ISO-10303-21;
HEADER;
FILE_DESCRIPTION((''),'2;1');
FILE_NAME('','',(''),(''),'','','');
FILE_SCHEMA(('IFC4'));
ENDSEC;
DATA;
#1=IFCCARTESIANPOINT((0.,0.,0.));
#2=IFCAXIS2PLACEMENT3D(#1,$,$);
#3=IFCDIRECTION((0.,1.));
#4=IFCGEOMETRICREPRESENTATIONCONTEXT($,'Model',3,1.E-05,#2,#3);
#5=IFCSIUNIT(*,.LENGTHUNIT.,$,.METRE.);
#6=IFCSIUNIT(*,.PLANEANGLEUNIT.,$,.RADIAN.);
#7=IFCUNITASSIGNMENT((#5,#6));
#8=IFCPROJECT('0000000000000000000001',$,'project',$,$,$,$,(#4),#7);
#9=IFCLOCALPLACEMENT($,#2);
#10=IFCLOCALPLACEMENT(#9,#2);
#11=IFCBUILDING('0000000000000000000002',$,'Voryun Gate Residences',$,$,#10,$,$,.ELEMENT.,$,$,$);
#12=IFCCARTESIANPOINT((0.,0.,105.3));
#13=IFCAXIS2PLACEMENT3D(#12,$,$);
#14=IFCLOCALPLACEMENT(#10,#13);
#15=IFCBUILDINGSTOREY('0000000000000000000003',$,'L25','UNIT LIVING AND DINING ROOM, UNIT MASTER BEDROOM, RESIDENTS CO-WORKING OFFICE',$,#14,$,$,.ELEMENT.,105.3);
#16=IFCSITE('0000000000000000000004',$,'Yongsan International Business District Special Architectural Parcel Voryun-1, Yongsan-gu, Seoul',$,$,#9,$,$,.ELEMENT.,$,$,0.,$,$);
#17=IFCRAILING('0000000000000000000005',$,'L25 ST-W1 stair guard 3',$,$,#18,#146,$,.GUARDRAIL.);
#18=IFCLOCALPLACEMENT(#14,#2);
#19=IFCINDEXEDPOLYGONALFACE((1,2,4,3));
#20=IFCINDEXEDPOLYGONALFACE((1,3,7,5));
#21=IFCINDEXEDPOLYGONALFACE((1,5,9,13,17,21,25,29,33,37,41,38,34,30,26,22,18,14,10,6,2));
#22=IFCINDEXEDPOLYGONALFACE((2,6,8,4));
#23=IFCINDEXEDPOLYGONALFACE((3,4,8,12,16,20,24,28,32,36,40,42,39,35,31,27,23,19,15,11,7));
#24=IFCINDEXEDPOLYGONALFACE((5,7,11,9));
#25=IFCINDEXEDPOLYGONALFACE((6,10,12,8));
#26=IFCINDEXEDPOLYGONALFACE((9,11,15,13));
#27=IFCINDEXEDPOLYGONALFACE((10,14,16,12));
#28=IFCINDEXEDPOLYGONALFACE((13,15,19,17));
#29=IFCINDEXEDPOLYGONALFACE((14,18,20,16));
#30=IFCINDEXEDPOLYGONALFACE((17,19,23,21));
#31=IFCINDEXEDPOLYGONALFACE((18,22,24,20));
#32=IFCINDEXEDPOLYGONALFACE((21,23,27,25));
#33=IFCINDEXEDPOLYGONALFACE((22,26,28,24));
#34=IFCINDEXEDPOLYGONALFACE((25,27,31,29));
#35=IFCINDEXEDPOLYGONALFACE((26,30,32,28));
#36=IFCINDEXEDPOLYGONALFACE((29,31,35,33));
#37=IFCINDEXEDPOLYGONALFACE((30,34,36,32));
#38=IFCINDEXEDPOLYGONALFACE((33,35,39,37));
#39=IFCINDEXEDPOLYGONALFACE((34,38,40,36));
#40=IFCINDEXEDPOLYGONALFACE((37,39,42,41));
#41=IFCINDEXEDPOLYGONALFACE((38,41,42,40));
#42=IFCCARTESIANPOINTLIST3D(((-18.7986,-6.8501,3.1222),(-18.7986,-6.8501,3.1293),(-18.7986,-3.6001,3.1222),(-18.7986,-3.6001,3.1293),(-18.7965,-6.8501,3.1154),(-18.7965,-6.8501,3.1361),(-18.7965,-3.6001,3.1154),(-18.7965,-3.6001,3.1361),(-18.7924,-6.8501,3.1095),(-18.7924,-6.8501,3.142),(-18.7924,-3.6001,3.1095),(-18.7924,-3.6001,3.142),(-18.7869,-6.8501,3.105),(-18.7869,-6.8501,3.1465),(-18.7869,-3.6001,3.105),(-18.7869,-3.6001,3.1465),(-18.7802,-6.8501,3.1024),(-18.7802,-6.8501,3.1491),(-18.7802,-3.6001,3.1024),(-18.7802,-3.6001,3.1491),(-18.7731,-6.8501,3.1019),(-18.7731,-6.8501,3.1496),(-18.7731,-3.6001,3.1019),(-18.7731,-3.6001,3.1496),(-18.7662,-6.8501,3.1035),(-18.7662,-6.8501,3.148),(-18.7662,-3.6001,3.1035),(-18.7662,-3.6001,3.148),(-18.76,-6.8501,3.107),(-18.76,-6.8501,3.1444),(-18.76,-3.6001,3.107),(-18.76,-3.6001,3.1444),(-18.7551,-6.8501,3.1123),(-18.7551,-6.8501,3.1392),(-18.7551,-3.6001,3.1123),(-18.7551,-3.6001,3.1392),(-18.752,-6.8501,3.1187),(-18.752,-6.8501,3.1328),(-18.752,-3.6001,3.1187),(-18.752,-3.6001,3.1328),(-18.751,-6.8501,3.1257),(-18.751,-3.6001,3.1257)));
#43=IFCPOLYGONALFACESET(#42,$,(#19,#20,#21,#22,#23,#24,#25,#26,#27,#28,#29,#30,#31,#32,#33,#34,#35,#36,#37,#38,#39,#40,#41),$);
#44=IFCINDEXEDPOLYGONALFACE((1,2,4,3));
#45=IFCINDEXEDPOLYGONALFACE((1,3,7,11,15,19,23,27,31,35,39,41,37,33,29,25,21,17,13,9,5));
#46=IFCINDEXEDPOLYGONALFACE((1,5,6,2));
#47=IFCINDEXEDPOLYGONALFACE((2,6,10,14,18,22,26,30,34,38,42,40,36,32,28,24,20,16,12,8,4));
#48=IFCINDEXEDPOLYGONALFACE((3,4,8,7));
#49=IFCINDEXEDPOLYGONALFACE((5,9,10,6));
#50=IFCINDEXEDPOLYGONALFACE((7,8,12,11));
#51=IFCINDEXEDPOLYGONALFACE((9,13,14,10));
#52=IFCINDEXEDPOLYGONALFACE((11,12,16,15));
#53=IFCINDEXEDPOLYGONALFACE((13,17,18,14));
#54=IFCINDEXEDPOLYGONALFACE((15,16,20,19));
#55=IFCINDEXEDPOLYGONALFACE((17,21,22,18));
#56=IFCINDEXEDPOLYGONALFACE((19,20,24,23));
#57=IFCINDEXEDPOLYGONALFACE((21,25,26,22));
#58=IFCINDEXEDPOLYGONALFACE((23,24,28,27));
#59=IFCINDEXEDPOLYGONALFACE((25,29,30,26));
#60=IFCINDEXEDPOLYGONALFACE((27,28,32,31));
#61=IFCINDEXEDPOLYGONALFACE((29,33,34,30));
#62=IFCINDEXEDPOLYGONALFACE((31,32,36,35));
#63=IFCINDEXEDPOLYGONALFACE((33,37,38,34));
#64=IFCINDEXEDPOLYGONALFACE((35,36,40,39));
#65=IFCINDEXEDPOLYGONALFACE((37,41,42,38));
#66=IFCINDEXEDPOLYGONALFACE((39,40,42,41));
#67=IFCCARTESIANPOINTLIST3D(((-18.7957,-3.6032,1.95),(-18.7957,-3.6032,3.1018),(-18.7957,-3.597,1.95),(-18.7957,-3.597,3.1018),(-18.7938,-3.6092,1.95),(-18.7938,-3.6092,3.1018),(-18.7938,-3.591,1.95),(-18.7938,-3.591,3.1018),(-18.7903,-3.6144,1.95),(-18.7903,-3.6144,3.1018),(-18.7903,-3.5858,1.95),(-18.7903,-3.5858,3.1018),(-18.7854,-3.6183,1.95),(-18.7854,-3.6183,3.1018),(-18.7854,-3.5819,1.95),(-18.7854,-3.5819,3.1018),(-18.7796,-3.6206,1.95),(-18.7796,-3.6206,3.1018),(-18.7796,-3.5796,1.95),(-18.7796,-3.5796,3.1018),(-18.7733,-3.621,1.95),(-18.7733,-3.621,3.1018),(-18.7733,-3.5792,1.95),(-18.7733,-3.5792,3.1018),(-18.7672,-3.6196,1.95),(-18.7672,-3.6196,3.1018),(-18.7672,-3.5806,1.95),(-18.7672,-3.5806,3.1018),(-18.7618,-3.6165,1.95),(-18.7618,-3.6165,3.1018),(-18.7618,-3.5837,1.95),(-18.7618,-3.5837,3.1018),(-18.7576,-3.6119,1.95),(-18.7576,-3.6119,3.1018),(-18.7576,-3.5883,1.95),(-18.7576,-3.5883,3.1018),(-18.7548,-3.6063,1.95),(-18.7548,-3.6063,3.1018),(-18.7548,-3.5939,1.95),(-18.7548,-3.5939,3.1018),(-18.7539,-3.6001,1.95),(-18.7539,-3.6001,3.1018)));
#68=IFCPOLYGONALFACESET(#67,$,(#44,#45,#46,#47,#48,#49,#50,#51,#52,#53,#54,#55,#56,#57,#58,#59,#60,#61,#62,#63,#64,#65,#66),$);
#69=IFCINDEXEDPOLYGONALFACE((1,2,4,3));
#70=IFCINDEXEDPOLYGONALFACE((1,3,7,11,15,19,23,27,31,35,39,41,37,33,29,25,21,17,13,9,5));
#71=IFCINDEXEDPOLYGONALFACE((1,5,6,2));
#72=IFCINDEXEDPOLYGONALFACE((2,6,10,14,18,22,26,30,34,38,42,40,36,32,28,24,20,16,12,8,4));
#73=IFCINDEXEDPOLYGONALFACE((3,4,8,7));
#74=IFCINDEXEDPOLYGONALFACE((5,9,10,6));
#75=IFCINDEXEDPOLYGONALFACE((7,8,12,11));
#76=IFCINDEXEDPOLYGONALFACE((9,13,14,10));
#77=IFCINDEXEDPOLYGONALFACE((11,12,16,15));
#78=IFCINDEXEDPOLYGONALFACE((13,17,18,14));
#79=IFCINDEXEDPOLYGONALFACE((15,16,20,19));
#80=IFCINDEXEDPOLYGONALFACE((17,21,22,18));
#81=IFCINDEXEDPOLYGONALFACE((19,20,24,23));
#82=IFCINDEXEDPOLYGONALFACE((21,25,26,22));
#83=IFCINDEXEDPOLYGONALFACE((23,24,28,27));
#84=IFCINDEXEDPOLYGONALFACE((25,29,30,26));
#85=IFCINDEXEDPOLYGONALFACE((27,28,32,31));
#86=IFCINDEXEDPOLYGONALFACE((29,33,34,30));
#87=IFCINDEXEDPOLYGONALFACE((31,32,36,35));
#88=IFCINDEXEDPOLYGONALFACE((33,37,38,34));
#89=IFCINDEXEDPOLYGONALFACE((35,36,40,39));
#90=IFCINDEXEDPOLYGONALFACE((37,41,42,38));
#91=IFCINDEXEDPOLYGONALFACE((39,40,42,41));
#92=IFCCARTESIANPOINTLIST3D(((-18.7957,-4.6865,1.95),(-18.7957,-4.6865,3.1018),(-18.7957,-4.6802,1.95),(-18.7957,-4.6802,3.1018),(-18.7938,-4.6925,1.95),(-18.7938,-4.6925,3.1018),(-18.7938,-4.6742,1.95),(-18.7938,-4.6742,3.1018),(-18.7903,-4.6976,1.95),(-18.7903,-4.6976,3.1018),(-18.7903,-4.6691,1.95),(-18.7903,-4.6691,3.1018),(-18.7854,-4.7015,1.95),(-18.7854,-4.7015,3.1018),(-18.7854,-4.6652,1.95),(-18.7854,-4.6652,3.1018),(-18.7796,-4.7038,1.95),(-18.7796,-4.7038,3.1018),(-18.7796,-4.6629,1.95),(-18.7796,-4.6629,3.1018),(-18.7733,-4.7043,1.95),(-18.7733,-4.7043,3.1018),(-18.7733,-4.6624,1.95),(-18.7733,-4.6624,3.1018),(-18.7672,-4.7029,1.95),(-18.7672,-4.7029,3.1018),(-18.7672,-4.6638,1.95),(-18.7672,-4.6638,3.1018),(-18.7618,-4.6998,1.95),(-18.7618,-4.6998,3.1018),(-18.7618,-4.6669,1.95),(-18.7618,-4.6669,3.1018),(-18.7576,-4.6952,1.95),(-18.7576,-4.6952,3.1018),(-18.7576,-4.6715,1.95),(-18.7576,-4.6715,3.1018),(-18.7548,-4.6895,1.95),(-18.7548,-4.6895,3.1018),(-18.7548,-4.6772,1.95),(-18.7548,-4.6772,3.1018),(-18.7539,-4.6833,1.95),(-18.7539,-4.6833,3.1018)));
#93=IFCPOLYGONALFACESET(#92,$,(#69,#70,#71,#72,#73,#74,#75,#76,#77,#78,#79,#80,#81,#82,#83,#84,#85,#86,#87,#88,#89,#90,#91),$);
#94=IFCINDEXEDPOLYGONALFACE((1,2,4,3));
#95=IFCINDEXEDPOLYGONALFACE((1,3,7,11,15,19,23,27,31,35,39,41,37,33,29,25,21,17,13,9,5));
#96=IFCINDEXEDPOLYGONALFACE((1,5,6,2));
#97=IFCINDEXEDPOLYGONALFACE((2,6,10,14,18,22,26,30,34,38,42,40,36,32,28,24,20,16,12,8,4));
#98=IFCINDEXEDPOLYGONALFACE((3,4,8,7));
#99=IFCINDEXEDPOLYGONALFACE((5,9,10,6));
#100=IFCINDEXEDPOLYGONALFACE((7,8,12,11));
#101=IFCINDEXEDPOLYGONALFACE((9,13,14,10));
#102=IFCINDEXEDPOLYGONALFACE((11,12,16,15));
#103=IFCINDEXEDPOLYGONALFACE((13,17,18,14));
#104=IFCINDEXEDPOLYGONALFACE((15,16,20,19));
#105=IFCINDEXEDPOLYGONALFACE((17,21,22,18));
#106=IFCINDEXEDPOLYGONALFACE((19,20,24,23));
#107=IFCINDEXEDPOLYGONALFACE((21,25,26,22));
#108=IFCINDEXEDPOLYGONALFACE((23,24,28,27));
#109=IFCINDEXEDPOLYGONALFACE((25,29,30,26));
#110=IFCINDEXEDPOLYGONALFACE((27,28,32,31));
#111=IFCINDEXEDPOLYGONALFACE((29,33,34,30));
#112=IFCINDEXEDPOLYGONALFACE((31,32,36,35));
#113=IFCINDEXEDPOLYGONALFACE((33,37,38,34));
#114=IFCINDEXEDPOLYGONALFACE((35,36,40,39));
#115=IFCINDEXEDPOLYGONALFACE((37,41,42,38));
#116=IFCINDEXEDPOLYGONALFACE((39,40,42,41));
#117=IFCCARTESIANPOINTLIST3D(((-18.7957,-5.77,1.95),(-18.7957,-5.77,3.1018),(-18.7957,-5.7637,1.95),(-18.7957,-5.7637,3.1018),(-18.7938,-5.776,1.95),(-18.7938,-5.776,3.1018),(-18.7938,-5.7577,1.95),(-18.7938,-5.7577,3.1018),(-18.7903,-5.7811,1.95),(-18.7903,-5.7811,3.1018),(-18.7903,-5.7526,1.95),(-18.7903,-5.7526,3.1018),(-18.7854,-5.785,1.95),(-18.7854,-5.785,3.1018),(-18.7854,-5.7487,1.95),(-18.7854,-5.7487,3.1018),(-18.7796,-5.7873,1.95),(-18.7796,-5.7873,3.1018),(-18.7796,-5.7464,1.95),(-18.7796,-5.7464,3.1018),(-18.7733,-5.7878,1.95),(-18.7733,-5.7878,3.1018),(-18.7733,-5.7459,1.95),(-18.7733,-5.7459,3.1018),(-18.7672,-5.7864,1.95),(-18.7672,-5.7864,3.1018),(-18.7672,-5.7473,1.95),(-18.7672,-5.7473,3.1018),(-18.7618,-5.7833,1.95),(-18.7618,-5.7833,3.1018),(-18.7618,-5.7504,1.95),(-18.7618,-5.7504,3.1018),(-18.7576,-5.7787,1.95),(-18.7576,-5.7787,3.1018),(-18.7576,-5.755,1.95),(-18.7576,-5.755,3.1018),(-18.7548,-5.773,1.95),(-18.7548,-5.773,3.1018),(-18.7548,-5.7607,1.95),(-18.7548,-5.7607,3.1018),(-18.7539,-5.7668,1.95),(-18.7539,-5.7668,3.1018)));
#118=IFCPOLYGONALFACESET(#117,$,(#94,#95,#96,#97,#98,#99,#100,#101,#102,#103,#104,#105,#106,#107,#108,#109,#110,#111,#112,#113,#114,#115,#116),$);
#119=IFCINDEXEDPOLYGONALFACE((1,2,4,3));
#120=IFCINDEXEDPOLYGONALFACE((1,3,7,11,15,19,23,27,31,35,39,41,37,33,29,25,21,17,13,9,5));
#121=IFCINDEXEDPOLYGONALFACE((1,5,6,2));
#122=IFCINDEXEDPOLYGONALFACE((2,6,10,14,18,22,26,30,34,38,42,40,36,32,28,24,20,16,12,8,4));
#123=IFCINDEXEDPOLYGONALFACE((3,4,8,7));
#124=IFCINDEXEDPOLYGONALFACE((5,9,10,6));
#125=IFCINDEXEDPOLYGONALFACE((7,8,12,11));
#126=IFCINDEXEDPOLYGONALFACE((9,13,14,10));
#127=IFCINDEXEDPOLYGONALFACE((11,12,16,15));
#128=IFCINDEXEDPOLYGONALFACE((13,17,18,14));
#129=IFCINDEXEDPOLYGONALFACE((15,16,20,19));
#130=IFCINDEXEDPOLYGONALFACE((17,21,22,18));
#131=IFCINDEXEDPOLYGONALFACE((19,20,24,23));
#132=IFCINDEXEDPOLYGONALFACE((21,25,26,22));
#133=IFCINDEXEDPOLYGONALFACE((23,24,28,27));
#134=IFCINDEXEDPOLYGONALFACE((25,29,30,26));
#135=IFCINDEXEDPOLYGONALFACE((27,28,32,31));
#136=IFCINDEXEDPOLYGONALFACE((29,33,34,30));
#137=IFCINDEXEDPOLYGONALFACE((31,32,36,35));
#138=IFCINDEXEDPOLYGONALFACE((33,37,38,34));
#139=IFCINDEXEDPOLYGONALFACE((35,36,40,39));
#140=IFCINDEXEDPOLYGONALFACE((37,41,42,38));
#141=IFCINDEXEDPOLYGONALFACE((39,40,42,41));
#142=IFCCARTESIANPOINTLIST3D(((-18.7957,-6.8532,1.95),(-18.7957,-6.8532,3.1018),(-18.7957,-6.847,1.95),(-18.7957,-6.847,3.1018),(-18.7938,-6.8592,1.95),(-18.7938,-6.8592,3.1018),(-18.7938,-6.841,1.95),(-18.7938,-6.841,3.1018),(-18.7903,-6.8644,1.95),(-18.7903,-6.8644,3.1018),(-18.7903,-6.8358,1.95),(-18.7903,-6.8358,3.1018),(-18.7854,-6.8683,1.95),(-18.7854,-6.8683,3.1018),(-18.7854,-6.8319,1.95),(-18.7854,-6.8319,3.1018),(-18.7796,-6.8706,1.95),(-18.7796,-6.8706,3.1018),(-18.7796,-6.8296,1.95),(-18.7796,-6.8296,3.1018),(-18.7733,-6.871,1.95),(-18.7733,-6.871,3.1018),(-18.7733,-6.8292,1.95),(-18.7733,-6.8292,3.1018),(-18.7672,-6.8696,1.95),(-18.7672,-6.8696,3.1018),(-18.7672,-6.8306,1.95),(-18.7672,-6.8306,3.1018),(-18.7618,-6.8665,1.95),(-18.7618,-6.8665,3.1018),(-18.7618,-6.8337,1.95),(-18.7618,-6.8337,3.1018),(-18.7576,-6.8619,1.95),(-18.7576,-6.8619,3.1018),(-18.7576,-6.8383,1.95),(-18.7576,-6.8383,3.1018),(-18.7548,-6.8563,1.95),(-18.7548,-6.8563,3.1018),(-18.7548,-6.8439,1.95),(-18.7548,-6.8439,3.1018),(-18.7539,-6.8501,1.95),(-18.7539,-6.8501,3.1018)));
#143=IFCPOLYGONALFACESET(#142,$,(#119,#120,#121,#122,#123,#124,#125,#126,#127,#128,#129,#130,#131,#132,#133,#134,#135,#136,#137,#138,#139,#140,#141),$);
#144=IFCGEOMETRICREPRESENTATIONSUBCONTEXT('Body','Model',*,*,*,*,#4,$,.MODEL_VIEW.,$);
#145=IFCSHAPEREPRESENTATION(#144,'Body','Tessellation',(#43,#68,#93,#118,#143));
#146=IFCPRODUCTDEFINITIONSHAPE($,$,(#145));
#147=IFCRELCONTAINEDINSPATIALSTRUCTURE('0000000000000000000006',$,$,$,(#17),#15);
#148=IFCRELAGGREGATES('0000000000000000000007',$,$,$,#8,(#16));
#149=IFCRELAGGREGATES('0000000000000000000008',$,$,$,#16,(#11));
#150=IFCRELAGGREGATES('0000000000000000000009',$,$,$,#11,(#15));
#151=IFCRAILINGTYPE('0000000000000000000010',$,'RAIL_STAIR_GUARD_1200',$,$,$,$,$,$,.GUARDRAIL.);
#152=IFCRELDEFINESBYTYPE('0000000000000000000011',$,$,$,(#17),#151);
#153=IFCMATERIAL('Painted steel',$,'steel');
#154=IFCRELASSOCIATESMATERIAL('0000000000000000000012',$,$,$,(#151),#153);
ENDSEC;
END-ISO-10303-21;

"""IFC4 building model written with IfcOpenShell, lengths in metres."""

from ifc_helpers import new_model, si_unit, direction, frame, origin, origin_2d, place, context, subcontext, project, spatial, circle, extrude, material, type_object, element, save


model = new_model("IFC4")

# Units and contexts
model_context = context("Model", 3, precision=1e-05, world=origin(), true_north=direction((0.0, 1.0)))
body_context = subcontext(model_context, "Body", "Model", "MODEL_VIEW")
ifc_project = project(units=[si_unit("LENGTHUNIT", "METRE"), si_unit("PLANEANGLEUNIT", "RADIAN")], contexts=[model_context])

# Site, building, storey
site_placement = place(None, origin())
site = spatial("IfcSite", under=ifc_project, at=site_placement, Name="Yongsan International Business District Special Architectural Parcel Voryun-1, Yongsan-gu, Seoul", CompositionType="ELEMENT", RefElevation=0.0)
building_placement = place(site_placement, origin())
building = spatial("IfcBuilding", under=site, at=building_placement, Name="Voryun Gate Residences", CompositionType="ELEMENT")
storey_placement = place(building_placement, frame((0.0, 0.0, 105.3)))
storey = spatial("IfcBuildingStorey", under=building, at=storey_placement, Name="L25", Description="UNIT LIVING AND DINING ROOM, UNIT MASTER BEDROOM, RESIDENTS CO-WORKING OFFICE", CompositionType="ELEMENT", Elevation=105.3)

# Railing
ifc_material_1 = material(Name="Painted steel", Category="steel")
railing_type = type_object("IfcRailingType", Name="RAIL_STAIR_GUARD_1200", PredefinedType="GUARDRAIL", material=ifc_material_1)
railing_1_placement = place(storey_placement, frame((-18.7749, -3.6001, 1.95)))
element("IfcRailing", 1, at=railing_1_placement, inside=storey, type_object=railing_type, Name="L25 ST-W1 stair guard 3", PredefinedType="GUARDRAIL", context=body_context, shape_type="SweptSolid", body=[
    extrude(circle(Radius=0.0239, at=origin_2d()), frame((0.0, 0.0, 1.1758), z_axis=(0.0, -1.0, 0.0), x_axis=(1.0, 0.0, 0.0)), (0.0, 0.0, 1.0), 3.25),
    extrude(circle(Radius=0.021, at=origin_2d()), origin(), (0.0, 0.0, 1.0), 1.1519),
    extrude(circle(Radius=0.021, at=origin_2d()), frame((0.0, -1.0833, 0.0)), (0.0, 0.0, 1.0), 1.1519),
    extrude(circle(Radius=0.021, at=origin_2d()), frame((0.0, -2.1667, 0.0)), (0.0, 0.0, 1.0), 1.1519),
    extrude(circle(Radius=0.021, at=origin_2d()), frame((0.0, -3.25, 0.0)), (0.0, 0.0, 1.0), 1.1519),
])

save(model, "model.ifc")
